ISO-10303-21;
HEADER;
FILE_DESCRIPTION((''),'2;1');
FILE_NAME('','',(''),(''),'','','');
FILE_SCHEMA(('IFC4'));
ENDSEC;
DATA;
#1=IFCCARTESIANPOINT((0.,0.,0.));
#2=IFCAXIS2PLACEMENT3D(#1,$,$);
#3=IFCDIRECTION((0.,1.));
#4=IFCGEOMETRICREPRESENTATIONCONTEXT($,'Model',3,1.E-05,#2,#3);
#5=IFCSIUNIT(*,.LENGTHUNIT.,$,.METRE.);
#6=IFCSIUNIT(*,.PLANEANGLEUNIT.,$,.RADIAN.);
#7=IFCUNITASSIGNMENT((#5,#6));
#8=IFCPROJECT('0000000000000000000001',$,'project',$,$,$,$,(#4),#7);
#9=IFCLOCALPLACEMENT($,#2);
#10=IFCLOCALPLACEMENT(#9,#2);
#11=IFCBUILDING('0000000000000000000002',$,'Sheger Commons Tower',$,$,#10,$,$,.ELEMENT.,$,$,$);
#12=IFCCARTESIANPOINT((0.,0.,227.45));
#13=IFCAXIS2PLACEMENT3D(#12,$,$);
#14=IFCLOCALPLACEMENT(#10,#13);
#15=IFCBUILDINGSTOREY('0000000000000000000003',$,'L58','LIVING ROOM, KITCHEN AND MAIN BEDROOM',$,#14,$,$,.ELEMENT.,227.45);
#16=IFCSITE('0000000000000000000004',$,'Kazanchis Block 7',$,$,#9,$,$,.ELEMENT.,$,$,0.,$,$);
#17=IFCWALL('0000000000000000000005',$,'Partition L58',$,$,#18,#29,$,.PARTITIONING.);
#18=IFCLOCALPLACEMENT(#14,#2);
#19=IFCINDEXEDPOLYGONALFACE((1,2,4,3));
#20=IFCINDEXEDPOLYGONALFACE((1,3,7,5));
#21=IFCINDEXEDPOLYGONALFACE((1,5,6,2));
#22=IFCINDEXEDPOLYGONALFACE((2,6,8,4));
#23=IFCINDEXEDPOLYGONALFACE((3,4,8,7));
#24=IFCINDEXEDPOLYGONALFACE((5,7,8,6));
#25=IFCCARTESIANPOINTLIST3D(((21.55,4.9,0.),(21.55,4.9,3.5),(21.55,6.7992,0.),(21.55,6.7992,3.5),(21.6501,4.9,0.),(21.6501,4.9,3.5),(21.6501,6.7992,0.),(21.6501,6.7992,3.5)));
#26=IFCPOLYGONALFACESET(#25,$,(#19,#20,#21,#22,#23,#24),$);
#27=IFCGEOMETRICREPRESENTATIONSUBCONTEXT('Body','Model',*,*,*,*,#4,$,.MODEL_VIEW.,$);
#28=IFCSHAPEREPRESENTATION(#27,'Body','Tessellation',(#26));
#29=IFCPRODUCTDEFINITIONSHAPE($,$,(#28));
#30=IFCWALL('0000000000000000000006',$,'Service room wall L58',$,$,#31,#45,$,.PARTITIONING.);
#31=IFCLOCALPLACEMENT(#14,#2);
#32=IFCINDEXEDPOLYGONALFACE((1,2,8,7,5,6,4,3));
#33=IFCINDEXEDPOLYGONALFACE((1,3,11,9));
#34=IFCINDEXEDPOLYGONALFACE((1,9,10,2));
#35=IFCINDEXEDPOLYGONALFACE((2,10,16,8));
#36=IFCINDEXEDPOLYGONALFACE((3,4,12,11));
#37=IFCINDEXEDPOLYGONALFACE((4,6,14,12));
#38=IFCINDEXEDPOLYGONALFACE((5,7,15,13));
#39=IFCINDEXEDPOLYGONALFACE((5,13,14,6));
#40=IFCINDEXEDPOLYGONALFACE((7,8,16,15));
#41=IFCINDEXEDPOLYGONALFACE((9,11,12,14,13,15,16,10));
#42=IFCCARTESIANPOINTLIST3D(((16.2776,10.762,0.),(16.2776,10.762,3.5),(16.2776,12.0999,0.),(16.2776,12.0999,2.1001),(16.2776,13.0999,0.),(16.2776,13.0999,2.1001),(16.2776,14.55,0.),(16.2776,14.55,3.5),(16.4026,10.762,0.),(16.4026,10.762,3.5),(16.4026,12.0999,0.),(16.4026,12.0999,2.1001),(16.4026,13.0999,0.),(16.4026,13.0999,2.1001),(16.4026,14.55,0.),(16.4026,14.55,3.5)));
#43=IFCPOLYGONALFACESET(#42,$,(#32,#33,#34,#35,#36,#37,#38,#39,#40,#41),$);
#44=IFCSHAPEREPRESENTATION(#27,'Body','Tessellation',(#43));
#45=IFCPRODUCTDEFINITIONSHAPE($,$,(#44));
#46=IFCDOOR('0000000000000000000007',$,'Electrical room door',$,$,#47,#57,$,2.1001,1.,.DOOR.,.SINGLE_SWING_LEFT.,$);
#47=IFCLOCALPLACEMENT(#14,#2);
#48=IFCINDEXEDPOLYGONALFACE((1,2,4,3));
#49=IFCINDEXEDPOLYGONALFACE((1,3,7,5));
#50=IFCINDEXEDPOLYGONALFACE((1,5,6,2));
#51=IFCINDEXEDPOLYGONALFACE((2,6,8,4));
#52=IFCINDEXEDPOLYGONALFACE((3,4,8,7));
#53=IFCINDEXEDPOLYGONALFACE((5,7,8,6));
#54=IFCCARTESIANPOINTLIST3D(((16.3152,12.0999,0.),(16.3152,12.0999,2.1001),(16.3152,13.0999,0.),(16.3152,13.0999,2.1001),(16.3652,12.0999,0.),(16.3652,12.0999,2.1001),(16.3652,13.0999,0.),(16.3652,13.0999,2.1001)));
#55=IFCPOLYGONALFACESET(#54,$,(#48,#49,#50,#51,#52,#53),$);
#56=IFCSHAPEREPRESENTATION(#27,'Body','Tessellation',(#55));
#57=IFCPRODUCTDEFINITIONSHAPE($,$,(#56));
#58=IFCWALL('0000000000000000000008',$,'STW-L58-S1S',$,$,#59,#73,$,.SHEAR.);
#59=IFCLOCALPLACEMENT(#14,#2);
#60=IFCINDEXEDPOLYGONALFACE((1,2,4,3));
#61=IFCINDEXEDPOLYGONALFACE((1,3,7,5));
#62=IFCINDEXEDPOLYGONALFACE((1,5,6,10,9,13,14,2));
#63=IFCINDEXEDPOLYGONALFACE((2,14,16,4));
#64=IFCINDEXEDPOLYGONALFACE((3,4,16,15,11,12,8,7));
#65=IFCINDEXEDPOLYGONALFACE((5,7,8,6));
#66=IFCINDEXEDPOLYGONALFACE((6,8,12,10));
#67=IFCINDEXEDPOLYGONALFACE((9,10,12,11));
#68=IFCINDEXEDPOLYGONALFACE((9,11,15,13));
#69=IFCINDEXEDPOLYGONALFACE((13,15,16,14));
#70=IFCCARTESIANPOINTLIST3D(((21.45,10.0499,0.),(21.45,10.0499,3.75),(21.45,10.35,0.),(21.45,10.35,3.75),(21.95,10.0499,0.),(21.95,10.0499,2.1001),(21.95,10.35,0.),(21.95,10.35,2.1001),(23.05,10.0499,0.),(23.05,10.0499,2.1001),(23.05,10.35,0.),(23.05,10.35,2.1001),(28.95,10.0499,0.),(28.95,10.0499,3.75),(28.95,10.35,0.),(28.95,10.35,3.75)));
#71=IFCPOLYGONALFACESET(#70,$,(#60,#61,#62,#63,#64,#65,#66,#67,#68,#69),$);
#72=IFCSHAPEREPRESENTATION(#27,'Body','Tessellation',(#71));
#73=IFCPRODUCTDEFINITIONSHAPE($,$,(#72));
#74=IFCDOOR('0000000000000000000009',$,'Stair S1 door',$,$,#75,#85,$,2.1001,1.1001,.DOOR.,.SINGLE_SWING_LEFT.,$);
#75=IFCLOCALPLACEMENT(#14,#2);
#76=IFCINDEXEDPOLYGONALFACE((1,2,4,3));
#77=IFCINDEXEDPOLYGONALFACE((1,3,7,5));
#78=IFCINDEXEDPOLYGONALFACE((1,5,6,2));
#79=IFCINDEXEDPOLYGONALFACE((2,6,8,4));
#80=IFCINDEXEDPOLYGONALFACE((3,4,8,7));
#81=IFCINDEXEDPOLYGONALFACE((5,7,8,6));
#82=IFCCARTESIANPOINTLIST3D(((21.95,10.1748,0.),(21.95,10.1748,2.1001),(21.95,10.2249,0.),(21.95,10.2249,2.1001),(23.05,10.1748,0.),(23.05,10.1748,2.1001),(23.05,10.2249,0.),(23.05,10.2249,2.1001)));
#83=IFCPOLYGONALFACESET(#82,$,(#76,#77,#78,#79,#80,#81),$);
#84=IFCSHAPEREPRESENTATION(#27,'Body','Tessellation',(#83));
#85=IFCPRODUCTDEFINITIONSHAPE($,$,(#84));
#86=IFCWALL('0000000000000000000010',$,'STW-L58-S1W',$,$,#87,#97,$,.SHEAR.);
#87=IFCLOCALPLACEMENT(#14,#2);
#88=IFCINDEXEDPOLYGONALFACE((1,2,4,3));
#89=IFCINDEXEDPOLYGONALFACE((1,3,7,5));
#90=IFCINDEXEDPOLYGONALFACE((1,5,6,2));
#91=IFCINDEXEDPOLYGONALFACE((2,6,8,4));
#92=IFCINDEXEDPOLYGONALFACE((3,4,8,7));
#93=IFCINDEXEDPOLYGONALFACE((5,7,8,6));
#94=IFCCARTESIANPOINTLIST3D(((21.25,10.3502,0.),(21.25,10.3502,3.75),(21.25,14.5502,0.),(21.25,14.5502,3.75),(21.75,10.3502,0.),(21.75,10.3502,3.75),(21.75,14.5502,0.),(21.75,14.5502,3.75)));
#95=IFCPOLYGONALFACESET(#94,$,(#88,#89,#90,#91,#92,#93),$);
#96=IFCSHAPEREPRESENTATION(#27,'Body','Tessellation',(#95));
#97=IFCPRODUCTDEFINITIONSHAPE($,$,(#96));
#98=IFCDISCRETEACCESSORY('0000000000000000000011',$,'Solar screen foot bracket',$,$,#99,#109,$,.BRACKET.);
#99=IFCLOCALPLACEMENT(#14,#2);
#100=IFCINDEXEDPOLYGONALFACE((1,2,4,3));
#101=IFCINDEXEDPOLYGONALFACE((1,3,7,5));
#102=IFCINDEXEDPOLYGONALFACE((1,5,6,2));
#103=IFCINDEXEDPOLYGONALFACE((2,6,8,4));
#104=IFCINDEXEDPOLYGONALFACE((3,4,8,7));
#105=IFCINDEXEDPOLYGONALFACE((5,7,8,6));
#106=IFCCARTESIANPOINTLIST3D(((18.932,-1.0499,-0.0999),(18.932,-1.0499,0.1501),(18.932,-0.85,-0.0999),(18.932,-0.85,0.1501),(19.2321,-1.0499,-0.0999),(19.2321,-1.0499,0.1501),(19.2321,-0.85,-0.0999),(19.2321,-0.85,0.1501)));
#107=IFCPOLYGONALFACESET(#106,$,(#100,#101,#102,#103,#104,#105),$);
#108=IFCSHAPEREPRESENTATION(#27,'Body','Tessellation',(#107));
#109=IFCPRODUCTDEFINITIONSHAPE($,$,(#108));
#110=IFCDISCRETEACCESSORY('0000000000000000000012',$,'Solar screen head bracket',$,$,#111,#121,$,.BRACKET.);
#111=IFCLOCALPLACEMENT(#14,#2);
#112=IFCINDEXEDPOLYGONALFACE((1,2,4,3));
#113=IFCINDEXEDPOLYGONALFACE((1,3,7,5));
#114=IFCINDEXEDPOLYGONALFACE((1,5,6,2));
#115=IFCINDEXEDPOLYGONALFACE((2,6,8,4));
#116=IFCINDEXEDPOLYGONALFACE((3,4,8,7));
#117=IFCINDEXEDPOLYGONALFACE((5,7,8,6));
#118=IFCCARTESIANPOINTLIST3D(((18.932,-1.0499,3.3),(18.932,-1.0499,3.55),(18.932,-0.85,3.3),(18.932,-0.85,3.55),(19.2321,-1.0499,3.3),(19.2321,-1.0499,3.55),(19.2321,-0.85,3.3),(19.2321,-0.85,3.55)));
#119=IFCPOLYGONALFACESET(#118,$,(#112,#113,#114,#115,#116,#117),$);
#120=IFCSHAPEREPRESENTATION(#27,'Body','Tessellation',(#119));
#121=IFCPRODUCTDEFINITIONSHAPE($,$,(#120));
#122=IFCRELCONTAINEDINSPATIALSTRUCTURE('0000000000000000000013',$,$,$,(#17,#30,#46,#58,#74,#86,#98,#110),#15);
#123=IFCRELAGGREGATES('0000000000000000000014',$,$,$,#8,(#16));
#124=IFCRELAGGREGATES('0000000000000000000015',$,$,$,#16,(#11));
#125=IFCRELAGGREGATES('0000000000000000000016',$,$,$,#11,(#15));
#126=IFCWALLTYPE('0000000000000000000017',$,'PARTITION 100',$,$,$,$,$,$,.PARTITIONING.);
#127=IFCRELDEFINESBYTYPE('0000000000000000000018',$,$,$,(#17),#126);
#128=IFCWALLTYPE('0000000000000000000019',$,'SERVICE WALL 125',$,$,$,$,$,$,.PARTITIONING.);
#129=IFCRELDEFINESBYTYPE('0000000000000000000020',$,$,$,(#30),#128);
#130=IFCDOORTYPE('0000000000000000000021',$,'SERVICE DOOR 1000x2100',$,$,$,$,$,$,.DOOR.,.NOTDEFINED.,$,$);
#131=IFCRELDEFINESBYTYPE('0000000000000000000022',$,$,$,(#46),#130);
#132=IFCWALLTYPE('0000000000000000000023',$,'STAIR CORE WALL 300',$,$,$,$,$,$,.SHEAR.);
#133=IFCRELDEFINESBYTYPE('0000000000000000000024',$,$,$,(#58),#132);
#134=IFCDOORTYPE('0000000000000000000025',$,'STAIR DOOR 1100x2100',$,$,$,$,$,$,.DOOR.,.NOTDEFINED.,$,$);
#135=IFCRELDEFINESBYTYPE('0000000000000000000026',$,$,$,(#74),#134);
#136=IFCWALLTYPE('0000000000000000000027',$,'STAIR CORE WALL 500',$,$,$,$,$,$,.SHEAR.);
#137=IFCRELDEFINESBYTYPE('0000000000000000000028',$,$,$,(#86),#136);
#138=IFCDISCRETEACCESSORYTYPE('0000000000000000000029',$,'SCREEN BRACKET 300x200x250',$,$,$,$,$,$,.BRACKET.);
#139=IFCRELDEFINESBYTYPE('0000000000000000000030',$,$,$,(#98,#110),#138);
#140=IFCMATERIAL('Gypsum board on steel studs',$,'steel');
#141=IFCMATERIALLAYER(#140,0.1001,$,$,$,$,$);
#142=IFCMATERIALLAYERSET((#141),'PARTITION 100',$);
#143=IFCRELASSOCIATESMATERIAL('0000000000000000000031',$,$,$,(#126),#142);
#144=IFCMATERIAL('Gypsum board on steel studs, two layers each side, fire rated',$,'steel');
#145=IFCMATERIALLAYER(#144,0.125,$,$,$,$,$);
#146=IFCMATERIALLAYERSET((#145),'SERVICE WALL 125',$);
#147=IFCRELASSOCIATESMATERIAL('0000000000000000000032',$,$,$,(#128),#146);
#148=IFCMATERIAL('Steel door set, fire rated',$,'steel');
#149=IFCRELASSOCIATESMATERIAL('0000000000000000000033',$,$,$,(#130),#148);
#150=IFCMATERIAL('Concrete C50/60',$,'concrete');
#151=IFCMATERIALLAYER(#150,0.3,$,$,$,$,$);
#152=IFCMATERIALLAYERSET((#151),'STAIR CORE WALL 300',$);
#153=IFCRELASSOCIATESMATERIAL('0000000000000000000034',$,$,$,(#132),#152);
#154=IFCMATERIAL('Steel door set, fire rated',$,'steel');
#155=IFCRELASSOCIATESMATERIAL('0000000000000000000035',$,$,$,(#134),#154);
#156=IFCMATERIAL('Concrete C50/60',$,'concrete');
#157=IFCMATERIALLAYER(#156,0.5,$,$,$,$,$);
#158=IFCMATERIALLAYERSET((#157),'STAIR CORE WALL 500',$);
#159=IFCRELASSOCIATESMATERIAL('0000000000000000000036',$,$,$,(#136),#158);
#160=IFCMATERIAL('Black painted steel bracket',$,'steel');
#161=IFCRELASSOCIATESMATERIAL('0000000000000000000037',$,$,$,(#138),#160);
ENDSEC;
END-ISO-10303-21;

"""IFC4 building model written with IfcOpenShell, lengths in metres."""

from ifc_helpers import new_model, si_unit, direction, frame, frame_2d, origin, origin_2d, place, context, subcontext, project, spatial, rectangle, extrude, material, layer, layer_set, type_object, element, fill, save


model = new_model("IFC4")

# Units and contexts
model_context = context("Model", 3, precision=1e-05, world=origin(), true_north=direction((0.0, 1.0)))
body_context = subcontext(model_context, "Body", "Model", "MODEL_VIEW")
ifc_project = project(units=[si_unit("LENGTHUNIT", "METRE"), si_unit("PLANEANGLEUNIT", "RADIAN")], contexts=[model_context])

# Site, building, storey
site_placement = place(None, origin())
site = spatial("IfcSite", under=ifc_project, at=site_placement, Name="Kazanchis Block 7", CompositionType="ELEMENT", RefElevation=0.0)
building_placement = place(site_placement, origin())
building = spatial("IfcBuilding", under=site, at=building_placement, Name="Sheger Commons Tower", CompositionType="ELEMENT")
storey_placement = place(building_placement, frame((0.0, 0.0, 227.45)))
storey = spatial("IfcBuildingStorey", under=building, at=storey_placement, Name="L58", Description="LIVING ROOM, KITCHEN AND MAIN BEDROOM", CompositionType="ELEMENT", Elevation=227.45)

# Wall
ifc_material_1 = material(Name="Gypsum board on steel studs", Category="steel")
ifc_layer_1 = layer(ifc_material_1, 0.1001)
ifc_layer_set_1 = layer_set([ifc_layer_1], Name="PARTITION 100")
wall_type_1 = type_object("IfcWallType", Name="PARTITION 100", PredefinedType="PARTITIONING", material=ifc_layer_set_1)
wall_1_placement = place(storey_placement, frame((21.6001, 4.8999, 0.0), z_axis=(0.0, 0.0, 1.0), x_axis=(0.0, 1.0, 0.0)))
element("IfcWall", 1, at=wall_1_placement, inside=storey, type_object=wall_type_1, Name="Partition L58", PredefinedType="PARTITIONING", context=body_context, shape_type="SweptSolid", body=[
    extrude(rectangle(XDim=1.8992, YDim=0.1001, at=frame_2d((0.9497, 0.0))), origin(), (0.0, 0.0, 1.0), 3.5),
])

# Walls, openings, doors
ifc_material_2 = material(Name="Gypsum board on steel studs, two layers each side, fire rated", Category="steel")
ifc_layer_2 = layer(ifc_material_2, 0.125)
ifc_layer_set_2 = layer_set([ifc_layer_2], Name="SERVICE WALL 125")
wall_type_2 = type_object("IfcWallType", Name="SERVICE WALL 125", PredefinedType="PARTITIONING", material=ifc_layer_set_2)
wall_2_placement = place(storey_placement, frame((16.3401, 10.762, 0.0), z_axis=(0.0, 0.0, 1.0), x_axis=(0.0, 1.0, 0.0)))
wall_2 = element("IfcWall", 2, at=wall_2_placement, inside=storey, type_object=wall_type_2, Name="Service room wall L58", PredefinedType="PARTITIONING", context=body_context, shape_type="SweptSolid", body=[
    extrude(rectangle(XDim=3.7881, YDim=0.125, at=frame_2d((1.894, 0.0))), origin(), (0.0, 0.0, 1.0), 3.5),
])
opening_1_placement = place(wall_2_placement, frame((1.3379, 0.0, 0.0)))
opening_1 = element("IfcOpeningElement", 3, at=opening_1_placement, cuts=wall_2, PredefinedType="OPENING", context=body_context, shape_type="SweptSolid", body=[
    extrude(rectangle(XDim=1.0, YDim=2.1001, at=frame_2d((0.5, 1.05))), frame((0.0, 0.0725, 0.0), z_axis=(0.0, -1.0, 0.0), x_axis=(1.0, 0.0, 0.0)), (0.0, 0.0, 1.0), 0.145),
])
ifc_material_3 = material(Name="Steel door set, fire rated", Category="steel")
door_type_1 = type_object("IfcDoorType", Name="SERVICE DOOR 1000x2100", OperationType="NOTDEFINED", PredefinedType="DOOR", material=ifc_material_3)
door_1_placement = place(opening_1_placement, origin())
door_1 = element("IfcDoor", 4, at=door_1_placement, inside=storey, type_object=door_type_1, Name="Electrical room door", OperationType="SINGLE_SWING_LEFT", OverallHeight=2.1001, OverallWidth=1.0, PredefinedType="DOOR", context=body_context, shape_type="SweptSolid", body=[
    extrude(rectangle(XDim=1.0, YDim=2.1001, at=frame_2d((0.5, 1.05))), frame((0.0, 0.0249, 0.0), z_axis=(0.0, -1.0, 0.0), x_axis=(1.0, 0.0, 0.0)), (0.0, 0.0, 1.0), 0.05),
])
fill(opening_1, door_1)
ifc_material_4 = material(Name="Concrete C50/60", Category="concrete")
ifc_layer_3 = layer(ifc_material_4, 0.3)
ifc_layer_set_3 = layer_set([ifc_layer_3], Name="STAIR CORE WALL 300")
wall_type_3 = type_object("IfcWallType", Name="STAIR CORE WALL 300", PredefinedType="SHEAR", material=ifc_layer_set_3)
wall_3_placement = place(storey_placement, frame((21.45, 10.2, 0.0), z_axis=(0.0, 0.0, 1.0), x_axis=(1.0, 0.0, 0.0)))
wall_3 = element("IfcWall", 5, at=wall_3_placement, inside=storey, type_object=wall_type_3, Name="STW-L58-S1S", PredefinedType="SHEAR", context=body_context, shape_type="SweptSolid", body=[
    extrude(rectangle(XDim=7.5, YDim=0.3, at=frame_2d((3.75, 0.0))), origin(), (0.0, 0.0, 1.0), 3.75),
])
opening_2_placement = place(wall_3_placement, frame((0.5, 0.0, 0.0)))
opening_2 = element("IfcOpeningElement", 6, at=opening_2_placement, cuts=wall_3, PredefinedType="OPENING", context=body_context, shape_type="SweptSolid", body=[
    extrude(rectangle(XDim=1.1001, YDim=2.1001, at=frame_2d((0.55, 1.05))), frame((0.0, 0.1599, 0.0), z_axis=(0.0, -1.0, 0.0), x_axis=(1.0, 0.0, 0.0)), (0.0, 0.0, 1.0), 0.3201),
])
ifc_material_5 = material(Name="Steel door set, fire rated", Category="steel")
door_type_2 = type_object("IfcDoorType", Name="STAIR DOOR 1100x2100", OperationType="NOTDEFINED", PredefinedType="DOOR", material=ifc_material_5)
door_2_placement = place(opening_2_placement, origin())
door_2 = element("IfcDoor", 7, at=door_2_placement, inside=storey, type_object=door_type_2, Name="Stair S1 door", OperationType="SINGLE_SWING_LEFT", OverallHeight=2.1001, OverallWidth=1.1001, PredefinedType="DOOR", context=body_context, shape_type="SweptSolid", body=[
    extrude(rectangle(XDim=1.1001, YDim=2.1001, at=frame_2d((0.55, 1.05))), frame((0.0, 0.0249, 0.0), z_axis=(0.0, -1.0, 0.0), x_axis=(1.0, 0.0, 0.0)), (0.0, 0.0, 1.0), 0.05),
])
fill(opening_2, door_2)

# Wall
ifc_material_6 = material(Name="Concrete C50/60", Category="concrete")
ifc_layer_4 = layer(ifc_material_6, 0.5)
ifc_layer_set_4 = layer_set([ifc_layer_4], Name="STAIR CORE WALL 500")
wall_type_4 = type_object("IfcWallType", Name="STAIR CORE WALL 500", PredefinedType="SHEAR", material=ifc_layer_set_4)
wall_4_placement = place(storey_placement, frame((21.5, 10.3501, 0.0), z_axis=(0.0, 0.0, 1.0), x_axis=(0.0, 1.0, 0.0)))
element("IfcWall", 8, at=wall_4_placement, inside=storey, type_object=wall_type_4, Name="STW-L58-S1W", PredefinedType="SHEAR", context=body_context, shape_type="SweptSolid", body=[
    extrude(rectangle(XDim=4.2, YDim=0.5, at=frame_2d((2.1001, 0.0))), origin(), (0.0, 0.0, 1.0), 3.75),
])

# Discrete accessories
ifc_material_7 = material(Name="Black painted steel bracket", Category="steel")
discrete_accessory_type = type_object("IfcDiscreteAccessoryType", Name="SCREEN BRACKET 300x200x250", PredefinedType="BRACKET", material=ifc_material_7)
for number, where, z_axis, x_axis, name in (
    (9, (19.082, -0.95, -0.0999), (0.0, 0.0, 1.0), (1.0, 0.0, 0.0), "Solar screen foot bracket"),
    (10, (19.082, -0.95, 3.3), (0.0, 0.0, 1.0), (1.0, 0.0, 0.0), "Solar screen head bracket"),
):
    element("IfcDiscreteAccessory", number, at=place(storey_placement, frame(where, z_axis=z_axis, x_axis=x_axis)), inside=storey, type_object=discrete_accessory_type, Name=name, PredefinedType="BRACKET", context=body_context, shape_type="SweptSolid", body=[
        extrude(rectangle(XDim=0.3, YDim=0.2, at=origin_2d()), origin(), (0.0, 0.0, 1.0), 0.25),
    ])

save(model, "model.ifc")
